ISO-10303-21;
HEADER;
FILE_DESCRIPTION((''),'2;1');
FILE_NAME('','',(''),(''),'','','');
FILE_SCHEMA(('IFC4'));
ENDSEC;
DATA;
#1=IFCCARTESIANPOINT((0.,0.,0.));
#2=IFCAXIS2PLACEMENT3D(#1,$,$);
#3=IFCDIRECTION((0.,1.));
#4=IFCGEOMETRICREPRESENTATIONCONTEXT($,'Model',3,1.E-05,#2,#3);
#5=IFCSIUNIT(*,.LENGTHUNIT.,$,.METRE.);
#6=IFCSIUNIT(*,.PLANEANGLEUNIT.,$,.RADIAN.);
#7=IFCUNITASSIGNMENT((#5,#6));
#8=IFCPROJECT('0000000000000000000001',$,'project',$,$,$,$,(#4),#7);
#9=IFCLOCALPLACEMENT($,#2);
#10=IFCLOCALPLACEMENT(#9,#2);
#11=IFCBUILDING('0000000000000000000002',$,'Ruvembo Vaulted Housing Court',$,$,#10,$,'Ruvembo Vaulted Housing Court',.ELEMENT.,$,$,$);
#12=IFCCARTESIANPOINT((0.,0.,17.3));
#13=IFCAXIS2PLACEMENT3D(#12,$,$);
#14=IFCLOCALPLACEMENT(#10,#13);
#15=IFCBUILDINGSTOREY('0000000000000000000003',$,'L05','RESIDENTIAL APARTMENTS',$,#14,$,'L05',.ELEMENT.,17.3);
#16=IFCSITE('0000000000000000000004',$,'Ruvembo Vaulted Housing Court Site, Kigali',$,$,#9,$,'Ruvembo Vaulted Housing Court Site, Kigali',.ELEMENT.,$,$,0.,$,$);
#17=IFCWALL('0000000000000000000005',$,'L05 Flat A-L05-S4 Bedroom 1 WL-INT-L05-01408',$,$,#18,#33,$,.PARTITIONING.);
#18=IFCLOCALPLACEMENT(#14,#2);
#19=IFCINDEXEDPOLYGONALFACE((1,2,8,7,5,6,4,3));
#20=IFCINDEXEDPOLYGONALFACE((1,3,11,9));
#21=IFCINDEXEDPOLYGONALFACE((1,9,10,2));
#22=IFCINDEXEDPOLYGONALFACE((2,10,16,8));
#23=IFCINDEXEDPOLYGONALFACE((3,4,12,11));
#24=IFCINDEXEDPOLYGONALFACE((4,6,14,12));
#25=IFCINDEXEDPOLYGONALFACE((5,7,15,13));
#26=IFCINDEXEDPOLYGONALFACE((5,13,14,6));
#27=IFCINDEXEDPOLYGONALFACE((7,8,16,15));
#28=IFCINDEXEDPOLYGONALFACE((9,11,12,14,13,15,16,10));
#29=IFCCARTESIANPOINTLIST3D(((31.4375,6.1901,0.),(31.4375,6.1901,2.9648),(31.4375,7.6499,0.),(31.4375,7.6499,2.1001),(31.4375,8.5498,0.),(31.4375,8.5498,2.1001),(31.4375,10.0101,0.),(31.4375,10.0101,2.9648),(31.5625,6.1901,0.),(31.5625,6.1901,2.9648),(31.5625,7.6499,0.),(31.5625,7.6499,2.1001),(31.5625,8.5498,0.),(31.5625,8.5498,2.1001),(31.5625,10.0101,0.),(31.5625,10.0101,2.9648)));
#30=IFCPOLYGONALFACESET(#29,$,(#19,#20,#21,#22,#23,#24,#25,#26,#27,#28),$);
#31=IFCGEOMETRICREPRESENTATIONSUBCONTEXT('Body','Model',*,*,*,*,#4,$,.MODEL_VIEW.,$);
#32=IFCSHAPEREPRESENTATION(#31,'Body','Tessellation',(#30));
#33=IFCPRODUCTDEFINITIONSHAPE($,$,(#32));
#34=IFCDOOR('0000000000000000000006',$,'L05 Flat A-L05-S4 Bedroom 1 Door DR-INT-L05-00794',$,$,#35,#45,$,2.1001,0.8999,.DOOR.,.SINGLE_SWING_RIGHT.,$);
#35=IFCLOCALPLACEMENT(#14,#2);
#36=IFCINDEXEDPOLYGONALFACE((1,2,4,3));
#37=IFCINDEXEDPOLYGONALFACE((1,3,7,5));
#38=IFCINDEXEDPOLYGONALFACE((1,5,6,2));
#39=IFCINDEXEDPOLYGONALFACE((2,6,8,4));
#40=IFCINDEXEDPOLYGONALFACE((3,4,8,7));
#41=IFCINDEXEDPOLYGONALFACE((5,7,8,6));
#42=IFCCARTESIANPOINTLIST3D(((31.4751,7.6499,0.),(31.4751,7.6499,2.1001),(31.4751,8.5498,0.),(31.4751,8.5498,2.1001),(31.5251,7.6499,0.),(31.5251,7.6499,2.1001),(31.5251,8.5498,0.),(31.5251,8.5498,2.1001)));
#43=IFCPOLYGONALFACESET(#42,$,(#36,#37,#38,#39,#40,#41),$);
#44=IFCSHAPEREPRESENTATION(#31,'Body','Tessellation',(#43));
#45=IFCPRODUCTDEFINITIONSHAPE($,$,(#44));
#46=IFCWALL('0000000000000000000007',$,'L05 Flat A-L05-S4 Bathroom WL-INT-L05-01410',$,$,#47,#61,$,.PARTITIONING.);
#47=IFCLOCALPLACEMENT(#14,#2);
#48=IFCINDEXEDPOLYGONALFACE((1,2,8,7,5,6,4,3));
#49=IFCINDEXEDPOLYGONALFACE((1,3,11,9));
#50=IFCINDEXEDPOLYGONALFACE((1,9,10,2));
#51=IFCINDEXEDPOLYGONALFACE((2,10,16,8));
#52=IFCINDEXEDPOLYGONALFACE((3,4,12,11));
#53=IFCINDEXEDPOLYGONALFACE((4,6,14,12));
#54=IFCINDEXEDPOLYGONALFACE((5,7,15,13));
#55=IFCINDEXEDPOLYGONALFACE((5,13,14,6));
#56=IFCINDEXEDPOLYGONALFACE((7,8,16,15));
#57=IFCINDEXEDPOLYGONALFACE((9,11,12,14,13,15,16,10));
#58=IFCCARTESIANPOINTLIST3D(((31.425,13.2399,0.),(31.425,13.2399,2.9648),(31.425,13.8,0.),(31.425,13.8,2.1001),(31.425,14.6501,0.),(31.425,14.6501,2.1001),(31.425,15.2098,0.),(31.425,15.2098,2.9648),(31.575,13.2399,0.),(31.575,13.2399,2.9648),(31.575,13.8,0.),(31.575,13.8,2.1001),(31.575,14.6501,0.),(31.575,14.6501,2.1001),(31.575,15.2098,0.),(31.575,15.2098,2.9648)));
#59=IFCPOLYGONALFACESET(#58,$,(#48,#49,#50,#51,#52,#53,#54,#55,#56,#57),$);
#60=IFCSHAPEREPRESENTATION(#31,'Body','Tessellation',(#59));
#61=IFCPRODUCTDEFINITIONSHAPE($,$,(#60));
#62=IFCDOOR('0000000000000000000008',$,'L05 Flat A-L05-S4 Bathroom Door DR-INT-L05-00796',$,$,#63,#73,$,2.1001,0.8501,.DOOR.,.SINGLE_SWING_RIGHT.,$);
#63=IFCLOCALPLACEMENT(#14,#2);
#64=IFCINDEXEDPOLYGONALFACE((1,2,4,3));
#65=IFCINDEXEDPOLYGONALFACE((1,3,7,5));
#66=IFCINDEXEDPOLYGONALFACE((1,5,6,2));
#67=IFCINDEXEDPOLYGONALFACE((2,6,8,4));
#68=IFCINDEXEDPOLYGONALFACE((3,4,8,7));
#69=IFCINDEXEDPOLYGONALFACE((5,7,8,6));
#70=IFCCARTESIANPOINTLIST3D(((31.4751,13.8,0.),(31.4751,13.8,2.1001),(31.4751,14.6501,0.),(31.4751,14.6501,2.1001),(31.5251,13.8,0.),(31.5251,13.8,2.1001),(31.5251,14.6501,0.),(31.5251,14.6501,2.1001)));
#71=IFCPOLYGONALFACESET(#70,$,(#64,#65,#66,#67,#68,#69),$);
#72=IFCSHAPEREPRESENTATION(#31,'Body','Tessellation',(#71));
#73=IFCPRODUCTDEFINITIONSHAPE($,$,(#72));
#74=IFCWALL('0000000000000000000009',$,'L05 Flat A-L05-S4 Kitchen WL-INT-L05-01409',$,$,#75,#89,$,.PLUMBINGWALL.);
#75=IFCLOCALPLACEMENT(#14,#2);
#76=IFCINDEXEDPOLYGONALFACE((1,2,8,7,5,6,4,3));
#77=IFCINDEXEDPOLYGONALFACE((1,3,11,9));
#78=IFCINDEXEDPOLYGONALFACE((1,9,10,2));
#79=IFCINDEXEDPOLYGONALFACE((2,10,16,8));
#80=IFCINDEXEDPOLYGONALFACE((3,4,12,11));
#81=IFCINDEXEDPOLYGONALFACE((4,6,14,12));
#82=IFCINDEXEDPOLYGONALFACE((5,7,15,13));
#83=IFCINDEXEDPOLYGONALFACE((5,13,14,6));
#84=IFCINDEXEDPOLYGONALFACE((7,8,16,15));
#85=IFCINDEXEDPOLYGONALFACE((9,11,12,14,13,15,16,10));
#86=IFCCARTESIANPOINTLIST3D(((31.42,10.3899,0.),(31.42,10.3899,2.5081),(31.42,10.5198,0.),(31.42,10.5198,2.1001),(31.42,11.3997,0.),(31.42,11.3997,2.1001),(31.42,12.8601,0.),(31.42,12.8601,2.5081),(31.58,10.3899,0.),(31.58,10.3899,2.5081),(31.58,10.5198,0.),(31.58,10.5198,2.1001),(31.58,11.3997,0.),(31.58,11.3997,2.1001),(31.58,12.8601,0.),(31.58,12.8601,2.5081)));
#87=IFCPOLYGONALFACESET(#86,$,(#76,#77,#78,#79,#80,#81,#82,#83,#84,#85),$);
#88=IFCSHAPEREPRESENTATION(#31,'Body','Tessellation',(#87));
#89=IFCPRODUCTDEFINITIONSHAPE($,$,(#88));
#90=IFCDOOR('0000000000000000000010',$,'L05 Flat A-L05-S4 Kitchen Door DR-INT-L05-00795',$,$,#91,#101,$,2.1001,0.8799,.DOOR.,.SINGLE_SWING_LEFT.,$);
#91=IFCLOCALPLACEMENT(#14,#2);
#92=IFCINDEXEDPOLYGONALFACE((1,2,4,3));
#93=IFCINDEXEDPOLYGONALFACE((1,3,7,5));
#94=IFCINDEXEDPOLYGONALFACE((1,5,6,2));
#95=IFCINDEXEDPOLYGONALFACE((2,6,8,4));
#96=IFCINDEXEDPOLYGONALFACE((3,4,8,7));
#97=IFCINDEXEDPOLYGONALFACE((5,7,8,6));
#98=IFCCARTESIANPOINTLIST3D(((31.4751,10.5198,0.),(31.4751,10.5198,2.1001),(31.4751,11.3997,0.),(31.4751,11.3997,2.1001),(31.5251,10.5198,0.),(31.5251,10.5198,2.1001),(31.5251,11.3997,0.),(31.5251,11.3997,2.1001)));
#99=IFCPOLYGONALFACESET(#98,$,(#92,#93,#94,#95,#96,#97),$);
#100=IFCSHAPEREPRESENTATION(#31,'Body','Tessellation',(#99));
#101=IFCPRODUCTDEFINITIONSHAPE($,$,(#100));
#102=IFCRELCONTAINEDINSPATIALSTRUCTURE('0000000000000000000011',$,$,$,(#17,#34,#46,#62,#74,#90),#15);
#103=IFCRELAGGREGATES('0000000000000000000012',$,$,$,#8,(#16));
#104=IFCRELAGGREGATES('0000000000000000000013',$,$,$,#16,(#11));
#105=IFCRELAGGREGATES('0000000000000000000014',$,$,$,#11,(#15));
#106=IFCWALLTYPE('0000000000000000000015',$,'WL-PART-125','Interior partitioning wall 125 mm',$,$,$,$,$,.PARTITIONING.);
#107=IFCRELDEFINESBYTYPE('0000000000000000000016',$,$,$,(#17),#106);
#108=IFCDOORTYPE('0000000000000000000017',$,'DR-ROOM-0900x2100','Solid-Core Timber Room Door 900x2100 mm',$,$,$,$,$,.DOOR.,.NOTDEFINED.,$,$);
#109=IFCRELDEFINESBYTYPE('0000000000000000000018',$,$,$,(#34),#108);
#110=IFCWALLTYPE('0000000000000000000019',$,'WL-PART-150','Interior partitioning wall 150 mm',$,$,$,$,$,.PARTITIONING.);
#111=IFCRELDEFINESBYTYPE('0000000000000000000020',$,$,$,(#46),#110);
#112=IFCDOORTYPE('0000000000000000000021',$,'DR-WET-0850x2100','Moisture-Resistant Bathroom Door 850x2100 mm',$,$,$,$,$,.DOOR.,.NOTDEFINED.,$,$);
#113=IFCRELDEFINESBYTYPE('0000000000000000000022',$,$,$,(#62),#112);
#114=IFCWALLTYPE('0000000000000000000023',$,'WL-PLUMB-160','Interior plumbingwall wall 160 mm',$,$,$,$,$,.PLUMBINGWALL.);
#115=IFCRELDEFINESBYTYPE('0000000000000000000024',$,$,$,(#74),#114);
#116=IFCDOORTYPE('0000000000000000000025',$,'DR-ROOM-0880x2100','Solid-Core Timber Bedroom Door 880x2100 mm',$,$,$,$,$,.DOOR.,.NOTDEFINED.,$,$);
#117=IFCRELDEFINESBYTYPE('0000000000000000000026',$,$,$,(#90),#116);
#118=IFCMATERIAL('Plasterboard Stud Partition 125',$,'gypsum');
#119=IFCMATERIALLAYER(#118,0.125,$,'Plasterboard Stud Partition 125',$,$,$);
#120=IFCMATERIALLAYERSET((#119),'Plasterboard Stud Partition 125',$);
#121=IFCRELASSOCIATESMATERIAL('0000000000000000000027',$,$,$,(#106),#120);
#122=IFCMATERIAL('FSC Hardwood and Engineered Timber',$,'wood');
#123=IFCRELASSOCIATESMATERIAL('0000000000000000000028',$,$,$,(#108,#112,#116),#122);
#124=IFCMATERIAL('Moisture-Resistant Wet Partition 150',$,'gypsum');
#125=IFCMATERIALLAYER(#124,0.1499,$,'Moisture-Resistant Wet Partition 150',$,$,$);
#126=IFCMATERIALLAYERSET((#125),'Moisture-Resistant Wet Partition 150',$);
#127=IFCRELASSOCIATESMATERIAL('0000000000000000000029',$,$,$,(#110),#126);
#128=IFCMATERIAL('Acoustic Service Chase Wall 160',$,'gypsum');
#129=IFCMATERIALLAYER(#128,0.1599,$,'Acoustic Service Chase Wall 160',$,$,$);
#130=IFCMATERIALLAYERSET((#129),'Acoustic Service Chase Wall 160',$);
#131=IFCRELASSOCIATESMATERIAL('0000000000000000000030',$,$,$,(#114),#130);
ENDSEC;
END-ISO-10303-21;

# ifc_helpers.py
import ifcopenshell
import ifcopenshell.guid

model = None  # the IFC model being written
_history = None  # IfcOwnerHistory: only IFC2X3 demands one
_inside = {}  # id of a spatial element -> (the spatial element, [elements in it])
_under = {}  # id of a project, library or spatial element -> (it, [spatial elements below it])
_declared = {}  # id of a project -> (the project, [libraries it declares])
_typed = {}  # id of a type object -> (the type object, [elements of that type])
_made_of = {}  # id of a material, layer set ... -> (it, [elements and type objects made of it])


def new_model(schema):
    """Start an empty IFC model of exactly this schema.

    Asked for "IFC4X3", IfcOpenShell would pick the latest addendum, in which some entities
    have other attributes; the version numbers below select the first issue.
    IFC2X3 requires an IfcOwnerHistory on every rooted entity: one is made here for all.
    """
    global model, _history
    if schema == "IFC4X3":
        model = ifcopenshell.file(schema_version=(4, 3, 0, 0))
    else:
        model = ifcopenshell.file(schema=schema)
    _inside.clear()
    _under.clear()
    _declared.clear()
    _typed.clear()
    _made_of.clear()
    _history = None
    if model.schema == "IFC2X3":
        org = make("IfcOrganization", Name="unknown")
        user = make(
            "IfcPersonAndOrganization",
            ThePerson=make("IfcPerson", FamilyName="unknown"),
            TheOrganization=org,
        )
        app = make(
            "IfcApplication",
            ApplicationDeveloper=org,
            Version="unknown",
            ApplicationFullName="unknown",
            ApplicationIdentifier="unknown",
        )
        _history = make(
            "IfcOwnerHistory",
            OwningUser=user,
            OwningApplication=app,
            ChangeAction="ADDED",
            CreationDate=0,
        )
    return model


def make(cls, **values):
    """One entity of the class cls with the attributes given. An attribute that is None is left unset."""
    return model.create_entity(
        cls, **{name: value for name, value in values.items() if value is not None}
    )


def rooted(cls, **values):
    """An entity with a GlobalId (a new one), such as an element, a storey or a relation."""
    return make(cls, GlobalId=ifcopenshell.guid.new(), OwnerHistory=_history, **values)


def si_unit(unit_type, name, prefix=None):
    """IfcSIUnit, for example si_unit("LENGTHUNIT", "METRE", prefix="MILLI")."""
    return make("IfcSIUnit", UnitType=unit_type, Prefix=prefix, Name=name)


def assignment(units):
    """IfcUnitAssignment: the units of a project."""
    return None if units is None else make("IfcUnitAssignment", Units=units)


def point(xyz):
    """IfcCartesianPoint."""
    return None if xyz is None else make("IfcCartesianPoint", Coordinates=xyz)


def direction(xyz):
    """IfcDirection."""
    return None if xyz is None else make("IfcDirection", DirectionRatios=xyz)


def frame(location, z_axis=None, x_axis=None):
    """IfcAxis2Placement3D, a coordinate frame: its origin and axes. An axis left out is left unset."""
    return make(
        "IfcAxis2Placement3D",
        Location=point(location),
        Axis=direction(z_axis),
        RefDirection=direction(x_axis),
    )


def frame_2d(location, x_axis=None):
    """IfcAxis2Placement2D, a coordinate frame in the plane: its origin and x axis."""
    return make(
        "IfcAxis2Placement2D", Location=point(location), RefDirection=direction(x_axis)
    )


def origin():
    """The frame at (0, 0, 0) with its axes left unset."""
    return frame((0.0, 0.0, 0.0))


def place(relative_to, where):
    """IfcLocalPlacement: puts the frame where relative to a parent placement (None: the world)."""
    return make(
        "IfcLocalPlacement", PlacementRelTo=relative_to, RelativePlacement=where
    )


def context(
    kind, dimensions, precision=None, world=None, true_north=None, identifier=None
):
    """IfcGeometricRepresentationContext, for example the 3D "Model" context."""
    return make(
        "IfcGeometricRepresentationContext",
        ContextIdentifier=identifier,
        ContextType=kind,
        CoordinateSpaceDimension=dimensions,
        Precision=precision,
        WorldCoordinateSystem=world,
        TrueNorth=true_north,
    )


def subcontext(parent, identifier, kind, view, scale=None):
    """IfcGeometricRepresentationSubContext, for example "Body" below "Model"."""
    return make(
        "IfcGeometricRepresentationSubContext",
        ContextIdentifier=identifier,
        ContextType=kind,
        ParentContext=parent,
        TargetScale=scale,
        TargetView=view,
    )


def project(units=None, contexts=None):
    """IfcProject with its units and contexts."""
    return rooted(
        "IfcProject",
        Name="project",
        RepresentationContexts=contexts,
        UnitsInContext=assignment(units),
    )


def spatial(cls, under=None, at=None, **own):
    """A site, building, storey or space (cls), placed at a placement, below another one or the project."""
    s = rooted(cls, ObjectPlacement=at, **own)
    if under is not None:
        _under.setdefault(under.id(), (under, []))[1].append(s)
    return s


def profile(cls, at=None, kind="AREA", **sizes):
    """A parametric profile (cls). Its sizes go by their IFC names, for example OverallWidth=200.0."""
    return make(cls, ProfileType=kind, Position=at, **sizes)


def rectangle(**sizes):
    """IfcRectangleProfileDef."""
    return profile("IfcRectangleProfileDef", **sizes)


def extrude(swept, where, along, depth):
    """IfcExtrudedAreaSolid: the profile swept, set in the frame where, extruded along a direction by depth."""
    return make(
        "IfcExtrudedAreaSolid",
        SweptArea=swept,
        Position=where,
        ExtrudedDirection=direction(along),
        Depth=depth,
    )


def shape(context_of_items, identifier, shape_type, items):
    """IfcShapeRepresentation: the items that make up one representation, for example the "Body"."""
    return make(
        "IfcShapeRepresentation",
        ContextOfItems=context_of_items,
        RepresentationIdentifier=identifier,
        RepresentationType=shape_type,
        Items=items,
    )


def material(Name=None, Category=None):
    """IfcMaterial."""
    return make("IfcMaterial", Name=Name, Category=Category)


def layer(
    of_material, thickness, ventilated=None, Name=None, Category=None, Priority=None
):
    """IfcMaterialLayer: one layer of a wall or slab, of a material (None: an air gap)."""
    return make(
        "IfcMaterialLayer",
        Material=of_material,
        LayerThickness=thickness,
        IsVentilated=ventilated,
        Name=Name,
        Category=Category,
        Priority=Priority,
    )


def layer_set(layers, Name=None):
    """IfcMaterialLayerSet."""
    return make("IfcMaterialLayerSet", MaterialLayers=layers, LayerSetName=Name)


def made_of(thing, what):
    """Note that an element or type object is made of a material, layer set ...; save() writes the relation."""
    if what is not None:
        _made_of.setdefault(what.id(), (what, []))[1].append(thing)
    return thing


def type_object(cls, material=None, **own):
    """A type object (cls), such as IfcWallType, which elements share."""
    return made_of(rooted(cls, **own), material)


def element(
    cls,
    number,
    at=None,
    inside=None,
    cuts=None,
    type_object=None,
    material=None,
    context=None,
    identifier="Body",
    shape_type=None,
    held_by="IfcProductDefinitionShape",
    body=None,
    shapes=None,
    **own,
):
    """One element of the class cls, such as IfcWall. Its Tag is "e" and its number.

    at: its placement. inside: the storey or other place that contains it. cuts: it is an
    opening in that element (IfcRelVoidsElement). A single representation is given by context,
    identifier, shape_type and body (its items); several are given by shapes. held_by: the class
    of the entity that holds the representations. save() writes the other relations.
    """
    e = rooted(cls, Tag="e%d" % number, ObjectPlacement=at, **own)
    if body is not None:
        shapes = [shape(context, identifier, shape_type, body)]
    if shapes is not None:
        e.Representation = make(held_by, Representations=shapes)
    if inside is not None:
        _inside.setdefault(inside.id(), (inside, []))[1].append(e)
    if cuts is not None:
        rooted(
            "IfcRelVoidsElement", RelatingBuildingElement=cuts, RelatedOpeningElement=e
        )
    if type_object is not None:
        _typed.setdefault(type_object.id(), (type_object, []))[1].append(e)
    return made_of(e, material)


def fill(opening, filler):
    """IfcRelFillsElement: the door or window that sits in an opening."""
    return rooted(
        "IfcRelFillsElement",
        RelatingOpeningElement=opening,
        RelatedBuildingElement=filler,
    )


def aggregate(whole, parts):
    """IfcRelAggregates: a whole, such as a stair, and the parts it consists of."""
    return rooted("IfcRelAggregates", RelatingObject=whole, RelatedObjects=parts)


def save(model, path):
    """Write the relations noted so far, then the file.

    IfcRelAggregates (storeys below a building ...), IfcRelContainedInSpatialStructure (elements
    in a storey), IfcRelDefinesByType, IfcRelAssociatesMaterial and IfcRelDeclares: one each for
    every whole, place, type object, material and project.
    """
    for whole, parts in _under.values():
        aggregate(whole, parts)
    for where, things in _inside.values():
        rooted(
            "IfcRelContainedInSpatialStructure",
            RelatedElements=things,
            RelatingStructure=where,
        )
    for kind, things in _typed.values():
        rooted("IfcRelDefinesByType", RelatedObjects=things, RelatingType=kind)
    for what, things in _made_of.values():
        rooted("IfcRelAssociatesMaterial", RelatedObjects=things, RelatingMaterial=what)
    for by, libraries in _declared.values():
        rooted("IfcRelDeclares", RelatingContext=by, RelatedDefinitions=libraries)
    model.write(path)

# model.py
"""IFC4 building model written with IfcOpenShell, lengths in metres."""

from ifc_helpers import new_model, si_unit, direction, frame, frame_2d, origin, place, context, subcontext, project, spatial, rectangle, extrude, material, layer, layer_set, type_object, element, fill, save


model = new_model("IFC4")

# Units and contexts
model_context = context("Model", 3, precision=1e-05, world=origin(), true_north=direction((0.0, 1.0)))
body_context = subcontext(model_context, "Body", "Model", "MODEL_VIEW")
ifc_project = project(units=[si_unit("LENGTHUNIT", "METRE"), si_unit("PLANEANGLEUNIT", "RADIAN")], contexts=[model_context])

# Site, building, storey
site_placement = place(None, origin())
site = spatial("IfcSite", under=ifc_project, at=site_placement, Name="Ruvembo Vaulted Housing Court Site, Kigali", LongName="Ruvembo Vaulted Housing Court Site, Kigali", CompositionType="ELEMENT", RefElevation=0.0)
building_placement = place(site_placement, origin())
building = spatial("IfcBuilding", under=site, at=building_placement, Name="Ruvembo Vaulted Housing Court", LongName="Ruvembo Vaulted Housing Court", CompositionType="ELEMENT")
storey_placement = place(building_placement, frame((0.0, 0.0, 17.3)))
storey = spatial("IfcBuildingStorey", under=building, at=storey_placement, Name="L05", Description="RESIDENTIAL APARTMENTS", LongName="L05", CompositionType="ELEMENT", Elevation=17.3)

# Walls, openings, doors
ifc_material_1 = material(Name="Plasterboard Stud Partition 125", Category="gypsum")
ifc_layer_1 = layer(ifc_material_1, 0.125, Name="Plasterboard Stud Partition 125")
ifc_layer_set_1 = layer_set([ifc_layer_1], Name="Plasterboard Stud Partition 125")
wall_type_1 = type_object("IfcWallType", Name="WL-PART-125", Description="Interior partitioning wall 125 mm", PredefinedType="PARTITIONING", material=ifc_layer_set_1)
wall_1_placement = place(storey_placement, frame((31.5, 6.1899, 0.0), z_axis=(0.0, 0.0, 1.0), x_axis=(0.0, 1.0, 0.0)))
wall_1 = element("IfcWall", 1, at=wall_1_placement, inside=storey, type_object=wall_type_1, Name="L05 Flat A-L05-S4 Bedroom 1 WL-INT-L05-01408", PredefinedType="PARTITIONING", context=body_context, shape_type="SweptSolid", body=[
    extrude(rectangle(XDim=3.8201, YDim=0.125, at=frame_2d((1.9102, 0.0))), origin(), (0.0, 0.0, 1.0), 2.9648),
])
opening_1_placement = place(wall_1_placement, frame((1.46, 0.0, 0.0)))
opening_1 = element("IfcOpeningElement", 2, at=opening_1_placement, cuts=wall_1, PredefinedType="OPENING", context=body_context, shape_type="SweptSolid", body=[
    extrude(rectangle(XDim=0.8999, YDim=2.1001, at=frame_2d((0.45, 1.05))), frame((0.0, 0.0725, 0.0), z_axis=(0.0, -1.0, 0.0), x_axis=(1.0, 0.0, 0.0)), (0.0, 0.0, 1.0), 0.145),
])
ifc_material_2 = material(Name="FSC Hardwood and Engineered Timber", Category="wood")
door_type_1 = type_object("IfcDoorType", Name="DR-ROOM-0900x2100", Description="Solid-Core Timber Room Door 900x2100 mm", OperationType="NOTDEFINED", PredefinedType="DOOR", material=ifc_material_2)
door_1_placement = place(opening_1_placement, origin())
door_1 = element("IfcDoor", 3, at=door_1_placement, inside=storey, type_object=door_type_1, Name="L05 Flat A-L05-S4 Bedroom 1 Door DR-INT-L05-00794", OperationType="SINGLE_SWING_RIGHT", OverallHeight=2.1001, OverallWidth=0.8999, PredefinedType="DOOR", context=body_context, shape_type="SweptSolid", body=[
    extrude(rectangle(XDim=0.8999, YDim=2.1001, at=frame_2d((0.45, 1.05))), frame((0.0, 0.0249, 0.0), z_axis=(0.0, -1.0, 0.0), x_axis=(1.0, 0.0, 0.0)), (0.0, 0.0, 1.0), 0.05),
])
fill(opening_1, door_1)
ifc_material_3 = material(Name="Moisture-Resistant Wet Partition 150", Category="gypsum")
ifc_layer_2 = layer(ifc_material_3, 0.1499, Name="Moisture-Resistant Wet Partition 150")
ifc_layer_set_2 = layer_set([ifc_layer_2], Name="Moisture-Resistant Wet Partition 150")
wall_type_2 = type_object("IfcWallType", Name="WL-PART-150", Description="Interior partitioning wall 150 mm", PredefinedType="PARTITIONING", material=ifc_layer_set_2)
wall_2_placement = place(storey_placement, frame((31.5, 13.24, 0.0), z_axis=(0.0, 0.0, 1.0), x_axis=(0.0, 1.0, 0.0)))
wall_2 = element("IfcWall", 4, at=wall_2_placement, inside=storey, type_object=wall_type_2, Name="L05 Flat A-L05-S4 Bathroom WL-INT-L05-01410", PredefinedType="PARTITIONING", context=body_context, shape_type="SweptSolid", body=[
    extrude(rectangle(XDim=1.97, YDim=0.1499, at=frame_2d((0.9849, 0.0))), origin(), (0.0, 0.0, 1.0), 2.9648),
])
opening_2_placement = place(wall_2_placement, frame((0.5601, 0.0, 0.0)))
opening_2 = element("IfcOpeningElement", 5, at=opening_2_placement, cuts=wall_2, PredefinedType="OPENING", context=body_context, shape_type="SweptSolid", body=[
    extrude(rectangle(XDim=0.8501, YDim=2.1001, at=frame_2d((0.425, 1.05))), frame((0.0, 0.085, 0.0), z_axis=(0.0, -1.0, 0.0), x_axis=(1.0, 0.0, 0.0)), (0.0, 0.0, 1.0), 0.1699),
])
door_type_2 = type_object("IfcDoorType", Name="DR-WET-0850x2100", Description="Moisture-Resistant Bathroom Door 850x2100 mm", OperationType="NOTDEFINED", PredefinedType="DOOR", material=ifc_material_2)
door_2_placement = place(opening_2_placement, origin())
door_2 = element("IfcDoor", 6, at=door_2_placement, inside=storey, type_object=door_type_2, Name="L05 Flat A-L05-S4 Bathroom Door DR-INT-L05-00796", OperationType="SINGLE_SWING_RIGHT", OverallHeight=2.1001, OverallWidth=0.8501, PredefinedType="DOOR", context=body_context, shape_type="SweptSolid", body=[
    extrude(rectangle(XDim=0.8501, YDim=2.1001, at=frame_2d((0.425, 1.05))), frame((0.0, 0.0249, 0.0), z_axis=(0.0, -1.0, 0.0), x_axis=(1.0, 0.0, 0.0)), (0.0, 0.0, 1.0), 0.05),
])
fill(opening_2, door_2)
ifc_material_4 = material(Name="Acoustic Service Chase Wall 160", Category="gypsum")
ifc_layer_3 = layer(ifc_material_4, 0.1599, Name="Acoustic Service Chase Wall 160")
ifc_layer_set_3 = layer_set([ifc_layer_3], Name="Acoustic Service Chase Wall 160")
wall_type_3 = type_object("IfcWallType", Name="WL-PLUMB-160", Description="Interior plumbingwall wall 160 mm", PredefinedType="PLUMBINGWALL", material=ifc_layer_set_3)
wall_3_placement = place(storey_placement, frame((31.5, 10.3899, 0.0), z_axis=(0.0, 0.0, 1.0), x_axis=(0.0, 1.0, 0.0)))
wall_3 = element("IfcWall", 7, at=wall_3_placement, inside=storey, type_object=wall_type_3, Name="L05 Flat A-L05-S4 Kitchen WL-INT-L05-01409", PredefinedType="PLUMBINGWALL", context=body_context, shape_type="SweptSolid", body=[
    extrude(rectangle(XDim=2.4702, YDim=0.1599, at=frame_2d((1.2351, 0.0))), origin(), (0.0, 0.0, 1.0), 2.5081),
])
opening_3_placement = place(wall_3_placement, frame((0.1299, 0.0, 0.0)))
opening_3 = element("IfcOpeningElement", 8, at=opening_3_placement, cuts=wall_3, PredefinedType="OPENING", context=body_context, shape_type="SweptSolid", body=[
    extrude(rectangle(XDim=0.8799, YDim=2.1001, at=frame_2d((0.4399, 1.05))), frame((0.0, 0.0898, 0.0), z_axis=(0.0, -1.0, 0.0), x_axis=(1.0, 0.0, 0.0)), (0.0, 0.0, 1.0), 0.1799),
])
door_type_3 = type_object("IfcDoorType", Name="DR-ROOM-0880x2100", Description="Solid-Core Timber Bedroom Door 880x2100 mm", OperationType="NOTDEFINED", PredefinedType="DOOR", material=ifc_material_2)
door_3_placement = place(opening_3_placement, origin())
door_3 = element("IfcDoor", 9, at=door_3_placement, inside=storey, type_object=door_type_3, Name="L05 Flat A-L05-S4 Kitchen Door DR-INT-L05-00795", OperationType="SINGLE_SWING_LEFT", OverallHeight=2.1001, OverallWidth=0.8799, PredefinedType="DOOR", context=body_context, shape_type="SweptSolid", body=[
    extrude(rectangle(XDim=0.8799, YDim=2.1001, at=frame_2d((0.4399, 1.05))), frame((0.0, 0.0249, 0.0), z_axis=(0.0, -1.0, 0.0), x_axis=(1.0, 0.0, 0.0)), (0.0, 0.0, 1.0), 0.05),
])
fill(opening_3, door_3)

save(model, "model.ifc")
